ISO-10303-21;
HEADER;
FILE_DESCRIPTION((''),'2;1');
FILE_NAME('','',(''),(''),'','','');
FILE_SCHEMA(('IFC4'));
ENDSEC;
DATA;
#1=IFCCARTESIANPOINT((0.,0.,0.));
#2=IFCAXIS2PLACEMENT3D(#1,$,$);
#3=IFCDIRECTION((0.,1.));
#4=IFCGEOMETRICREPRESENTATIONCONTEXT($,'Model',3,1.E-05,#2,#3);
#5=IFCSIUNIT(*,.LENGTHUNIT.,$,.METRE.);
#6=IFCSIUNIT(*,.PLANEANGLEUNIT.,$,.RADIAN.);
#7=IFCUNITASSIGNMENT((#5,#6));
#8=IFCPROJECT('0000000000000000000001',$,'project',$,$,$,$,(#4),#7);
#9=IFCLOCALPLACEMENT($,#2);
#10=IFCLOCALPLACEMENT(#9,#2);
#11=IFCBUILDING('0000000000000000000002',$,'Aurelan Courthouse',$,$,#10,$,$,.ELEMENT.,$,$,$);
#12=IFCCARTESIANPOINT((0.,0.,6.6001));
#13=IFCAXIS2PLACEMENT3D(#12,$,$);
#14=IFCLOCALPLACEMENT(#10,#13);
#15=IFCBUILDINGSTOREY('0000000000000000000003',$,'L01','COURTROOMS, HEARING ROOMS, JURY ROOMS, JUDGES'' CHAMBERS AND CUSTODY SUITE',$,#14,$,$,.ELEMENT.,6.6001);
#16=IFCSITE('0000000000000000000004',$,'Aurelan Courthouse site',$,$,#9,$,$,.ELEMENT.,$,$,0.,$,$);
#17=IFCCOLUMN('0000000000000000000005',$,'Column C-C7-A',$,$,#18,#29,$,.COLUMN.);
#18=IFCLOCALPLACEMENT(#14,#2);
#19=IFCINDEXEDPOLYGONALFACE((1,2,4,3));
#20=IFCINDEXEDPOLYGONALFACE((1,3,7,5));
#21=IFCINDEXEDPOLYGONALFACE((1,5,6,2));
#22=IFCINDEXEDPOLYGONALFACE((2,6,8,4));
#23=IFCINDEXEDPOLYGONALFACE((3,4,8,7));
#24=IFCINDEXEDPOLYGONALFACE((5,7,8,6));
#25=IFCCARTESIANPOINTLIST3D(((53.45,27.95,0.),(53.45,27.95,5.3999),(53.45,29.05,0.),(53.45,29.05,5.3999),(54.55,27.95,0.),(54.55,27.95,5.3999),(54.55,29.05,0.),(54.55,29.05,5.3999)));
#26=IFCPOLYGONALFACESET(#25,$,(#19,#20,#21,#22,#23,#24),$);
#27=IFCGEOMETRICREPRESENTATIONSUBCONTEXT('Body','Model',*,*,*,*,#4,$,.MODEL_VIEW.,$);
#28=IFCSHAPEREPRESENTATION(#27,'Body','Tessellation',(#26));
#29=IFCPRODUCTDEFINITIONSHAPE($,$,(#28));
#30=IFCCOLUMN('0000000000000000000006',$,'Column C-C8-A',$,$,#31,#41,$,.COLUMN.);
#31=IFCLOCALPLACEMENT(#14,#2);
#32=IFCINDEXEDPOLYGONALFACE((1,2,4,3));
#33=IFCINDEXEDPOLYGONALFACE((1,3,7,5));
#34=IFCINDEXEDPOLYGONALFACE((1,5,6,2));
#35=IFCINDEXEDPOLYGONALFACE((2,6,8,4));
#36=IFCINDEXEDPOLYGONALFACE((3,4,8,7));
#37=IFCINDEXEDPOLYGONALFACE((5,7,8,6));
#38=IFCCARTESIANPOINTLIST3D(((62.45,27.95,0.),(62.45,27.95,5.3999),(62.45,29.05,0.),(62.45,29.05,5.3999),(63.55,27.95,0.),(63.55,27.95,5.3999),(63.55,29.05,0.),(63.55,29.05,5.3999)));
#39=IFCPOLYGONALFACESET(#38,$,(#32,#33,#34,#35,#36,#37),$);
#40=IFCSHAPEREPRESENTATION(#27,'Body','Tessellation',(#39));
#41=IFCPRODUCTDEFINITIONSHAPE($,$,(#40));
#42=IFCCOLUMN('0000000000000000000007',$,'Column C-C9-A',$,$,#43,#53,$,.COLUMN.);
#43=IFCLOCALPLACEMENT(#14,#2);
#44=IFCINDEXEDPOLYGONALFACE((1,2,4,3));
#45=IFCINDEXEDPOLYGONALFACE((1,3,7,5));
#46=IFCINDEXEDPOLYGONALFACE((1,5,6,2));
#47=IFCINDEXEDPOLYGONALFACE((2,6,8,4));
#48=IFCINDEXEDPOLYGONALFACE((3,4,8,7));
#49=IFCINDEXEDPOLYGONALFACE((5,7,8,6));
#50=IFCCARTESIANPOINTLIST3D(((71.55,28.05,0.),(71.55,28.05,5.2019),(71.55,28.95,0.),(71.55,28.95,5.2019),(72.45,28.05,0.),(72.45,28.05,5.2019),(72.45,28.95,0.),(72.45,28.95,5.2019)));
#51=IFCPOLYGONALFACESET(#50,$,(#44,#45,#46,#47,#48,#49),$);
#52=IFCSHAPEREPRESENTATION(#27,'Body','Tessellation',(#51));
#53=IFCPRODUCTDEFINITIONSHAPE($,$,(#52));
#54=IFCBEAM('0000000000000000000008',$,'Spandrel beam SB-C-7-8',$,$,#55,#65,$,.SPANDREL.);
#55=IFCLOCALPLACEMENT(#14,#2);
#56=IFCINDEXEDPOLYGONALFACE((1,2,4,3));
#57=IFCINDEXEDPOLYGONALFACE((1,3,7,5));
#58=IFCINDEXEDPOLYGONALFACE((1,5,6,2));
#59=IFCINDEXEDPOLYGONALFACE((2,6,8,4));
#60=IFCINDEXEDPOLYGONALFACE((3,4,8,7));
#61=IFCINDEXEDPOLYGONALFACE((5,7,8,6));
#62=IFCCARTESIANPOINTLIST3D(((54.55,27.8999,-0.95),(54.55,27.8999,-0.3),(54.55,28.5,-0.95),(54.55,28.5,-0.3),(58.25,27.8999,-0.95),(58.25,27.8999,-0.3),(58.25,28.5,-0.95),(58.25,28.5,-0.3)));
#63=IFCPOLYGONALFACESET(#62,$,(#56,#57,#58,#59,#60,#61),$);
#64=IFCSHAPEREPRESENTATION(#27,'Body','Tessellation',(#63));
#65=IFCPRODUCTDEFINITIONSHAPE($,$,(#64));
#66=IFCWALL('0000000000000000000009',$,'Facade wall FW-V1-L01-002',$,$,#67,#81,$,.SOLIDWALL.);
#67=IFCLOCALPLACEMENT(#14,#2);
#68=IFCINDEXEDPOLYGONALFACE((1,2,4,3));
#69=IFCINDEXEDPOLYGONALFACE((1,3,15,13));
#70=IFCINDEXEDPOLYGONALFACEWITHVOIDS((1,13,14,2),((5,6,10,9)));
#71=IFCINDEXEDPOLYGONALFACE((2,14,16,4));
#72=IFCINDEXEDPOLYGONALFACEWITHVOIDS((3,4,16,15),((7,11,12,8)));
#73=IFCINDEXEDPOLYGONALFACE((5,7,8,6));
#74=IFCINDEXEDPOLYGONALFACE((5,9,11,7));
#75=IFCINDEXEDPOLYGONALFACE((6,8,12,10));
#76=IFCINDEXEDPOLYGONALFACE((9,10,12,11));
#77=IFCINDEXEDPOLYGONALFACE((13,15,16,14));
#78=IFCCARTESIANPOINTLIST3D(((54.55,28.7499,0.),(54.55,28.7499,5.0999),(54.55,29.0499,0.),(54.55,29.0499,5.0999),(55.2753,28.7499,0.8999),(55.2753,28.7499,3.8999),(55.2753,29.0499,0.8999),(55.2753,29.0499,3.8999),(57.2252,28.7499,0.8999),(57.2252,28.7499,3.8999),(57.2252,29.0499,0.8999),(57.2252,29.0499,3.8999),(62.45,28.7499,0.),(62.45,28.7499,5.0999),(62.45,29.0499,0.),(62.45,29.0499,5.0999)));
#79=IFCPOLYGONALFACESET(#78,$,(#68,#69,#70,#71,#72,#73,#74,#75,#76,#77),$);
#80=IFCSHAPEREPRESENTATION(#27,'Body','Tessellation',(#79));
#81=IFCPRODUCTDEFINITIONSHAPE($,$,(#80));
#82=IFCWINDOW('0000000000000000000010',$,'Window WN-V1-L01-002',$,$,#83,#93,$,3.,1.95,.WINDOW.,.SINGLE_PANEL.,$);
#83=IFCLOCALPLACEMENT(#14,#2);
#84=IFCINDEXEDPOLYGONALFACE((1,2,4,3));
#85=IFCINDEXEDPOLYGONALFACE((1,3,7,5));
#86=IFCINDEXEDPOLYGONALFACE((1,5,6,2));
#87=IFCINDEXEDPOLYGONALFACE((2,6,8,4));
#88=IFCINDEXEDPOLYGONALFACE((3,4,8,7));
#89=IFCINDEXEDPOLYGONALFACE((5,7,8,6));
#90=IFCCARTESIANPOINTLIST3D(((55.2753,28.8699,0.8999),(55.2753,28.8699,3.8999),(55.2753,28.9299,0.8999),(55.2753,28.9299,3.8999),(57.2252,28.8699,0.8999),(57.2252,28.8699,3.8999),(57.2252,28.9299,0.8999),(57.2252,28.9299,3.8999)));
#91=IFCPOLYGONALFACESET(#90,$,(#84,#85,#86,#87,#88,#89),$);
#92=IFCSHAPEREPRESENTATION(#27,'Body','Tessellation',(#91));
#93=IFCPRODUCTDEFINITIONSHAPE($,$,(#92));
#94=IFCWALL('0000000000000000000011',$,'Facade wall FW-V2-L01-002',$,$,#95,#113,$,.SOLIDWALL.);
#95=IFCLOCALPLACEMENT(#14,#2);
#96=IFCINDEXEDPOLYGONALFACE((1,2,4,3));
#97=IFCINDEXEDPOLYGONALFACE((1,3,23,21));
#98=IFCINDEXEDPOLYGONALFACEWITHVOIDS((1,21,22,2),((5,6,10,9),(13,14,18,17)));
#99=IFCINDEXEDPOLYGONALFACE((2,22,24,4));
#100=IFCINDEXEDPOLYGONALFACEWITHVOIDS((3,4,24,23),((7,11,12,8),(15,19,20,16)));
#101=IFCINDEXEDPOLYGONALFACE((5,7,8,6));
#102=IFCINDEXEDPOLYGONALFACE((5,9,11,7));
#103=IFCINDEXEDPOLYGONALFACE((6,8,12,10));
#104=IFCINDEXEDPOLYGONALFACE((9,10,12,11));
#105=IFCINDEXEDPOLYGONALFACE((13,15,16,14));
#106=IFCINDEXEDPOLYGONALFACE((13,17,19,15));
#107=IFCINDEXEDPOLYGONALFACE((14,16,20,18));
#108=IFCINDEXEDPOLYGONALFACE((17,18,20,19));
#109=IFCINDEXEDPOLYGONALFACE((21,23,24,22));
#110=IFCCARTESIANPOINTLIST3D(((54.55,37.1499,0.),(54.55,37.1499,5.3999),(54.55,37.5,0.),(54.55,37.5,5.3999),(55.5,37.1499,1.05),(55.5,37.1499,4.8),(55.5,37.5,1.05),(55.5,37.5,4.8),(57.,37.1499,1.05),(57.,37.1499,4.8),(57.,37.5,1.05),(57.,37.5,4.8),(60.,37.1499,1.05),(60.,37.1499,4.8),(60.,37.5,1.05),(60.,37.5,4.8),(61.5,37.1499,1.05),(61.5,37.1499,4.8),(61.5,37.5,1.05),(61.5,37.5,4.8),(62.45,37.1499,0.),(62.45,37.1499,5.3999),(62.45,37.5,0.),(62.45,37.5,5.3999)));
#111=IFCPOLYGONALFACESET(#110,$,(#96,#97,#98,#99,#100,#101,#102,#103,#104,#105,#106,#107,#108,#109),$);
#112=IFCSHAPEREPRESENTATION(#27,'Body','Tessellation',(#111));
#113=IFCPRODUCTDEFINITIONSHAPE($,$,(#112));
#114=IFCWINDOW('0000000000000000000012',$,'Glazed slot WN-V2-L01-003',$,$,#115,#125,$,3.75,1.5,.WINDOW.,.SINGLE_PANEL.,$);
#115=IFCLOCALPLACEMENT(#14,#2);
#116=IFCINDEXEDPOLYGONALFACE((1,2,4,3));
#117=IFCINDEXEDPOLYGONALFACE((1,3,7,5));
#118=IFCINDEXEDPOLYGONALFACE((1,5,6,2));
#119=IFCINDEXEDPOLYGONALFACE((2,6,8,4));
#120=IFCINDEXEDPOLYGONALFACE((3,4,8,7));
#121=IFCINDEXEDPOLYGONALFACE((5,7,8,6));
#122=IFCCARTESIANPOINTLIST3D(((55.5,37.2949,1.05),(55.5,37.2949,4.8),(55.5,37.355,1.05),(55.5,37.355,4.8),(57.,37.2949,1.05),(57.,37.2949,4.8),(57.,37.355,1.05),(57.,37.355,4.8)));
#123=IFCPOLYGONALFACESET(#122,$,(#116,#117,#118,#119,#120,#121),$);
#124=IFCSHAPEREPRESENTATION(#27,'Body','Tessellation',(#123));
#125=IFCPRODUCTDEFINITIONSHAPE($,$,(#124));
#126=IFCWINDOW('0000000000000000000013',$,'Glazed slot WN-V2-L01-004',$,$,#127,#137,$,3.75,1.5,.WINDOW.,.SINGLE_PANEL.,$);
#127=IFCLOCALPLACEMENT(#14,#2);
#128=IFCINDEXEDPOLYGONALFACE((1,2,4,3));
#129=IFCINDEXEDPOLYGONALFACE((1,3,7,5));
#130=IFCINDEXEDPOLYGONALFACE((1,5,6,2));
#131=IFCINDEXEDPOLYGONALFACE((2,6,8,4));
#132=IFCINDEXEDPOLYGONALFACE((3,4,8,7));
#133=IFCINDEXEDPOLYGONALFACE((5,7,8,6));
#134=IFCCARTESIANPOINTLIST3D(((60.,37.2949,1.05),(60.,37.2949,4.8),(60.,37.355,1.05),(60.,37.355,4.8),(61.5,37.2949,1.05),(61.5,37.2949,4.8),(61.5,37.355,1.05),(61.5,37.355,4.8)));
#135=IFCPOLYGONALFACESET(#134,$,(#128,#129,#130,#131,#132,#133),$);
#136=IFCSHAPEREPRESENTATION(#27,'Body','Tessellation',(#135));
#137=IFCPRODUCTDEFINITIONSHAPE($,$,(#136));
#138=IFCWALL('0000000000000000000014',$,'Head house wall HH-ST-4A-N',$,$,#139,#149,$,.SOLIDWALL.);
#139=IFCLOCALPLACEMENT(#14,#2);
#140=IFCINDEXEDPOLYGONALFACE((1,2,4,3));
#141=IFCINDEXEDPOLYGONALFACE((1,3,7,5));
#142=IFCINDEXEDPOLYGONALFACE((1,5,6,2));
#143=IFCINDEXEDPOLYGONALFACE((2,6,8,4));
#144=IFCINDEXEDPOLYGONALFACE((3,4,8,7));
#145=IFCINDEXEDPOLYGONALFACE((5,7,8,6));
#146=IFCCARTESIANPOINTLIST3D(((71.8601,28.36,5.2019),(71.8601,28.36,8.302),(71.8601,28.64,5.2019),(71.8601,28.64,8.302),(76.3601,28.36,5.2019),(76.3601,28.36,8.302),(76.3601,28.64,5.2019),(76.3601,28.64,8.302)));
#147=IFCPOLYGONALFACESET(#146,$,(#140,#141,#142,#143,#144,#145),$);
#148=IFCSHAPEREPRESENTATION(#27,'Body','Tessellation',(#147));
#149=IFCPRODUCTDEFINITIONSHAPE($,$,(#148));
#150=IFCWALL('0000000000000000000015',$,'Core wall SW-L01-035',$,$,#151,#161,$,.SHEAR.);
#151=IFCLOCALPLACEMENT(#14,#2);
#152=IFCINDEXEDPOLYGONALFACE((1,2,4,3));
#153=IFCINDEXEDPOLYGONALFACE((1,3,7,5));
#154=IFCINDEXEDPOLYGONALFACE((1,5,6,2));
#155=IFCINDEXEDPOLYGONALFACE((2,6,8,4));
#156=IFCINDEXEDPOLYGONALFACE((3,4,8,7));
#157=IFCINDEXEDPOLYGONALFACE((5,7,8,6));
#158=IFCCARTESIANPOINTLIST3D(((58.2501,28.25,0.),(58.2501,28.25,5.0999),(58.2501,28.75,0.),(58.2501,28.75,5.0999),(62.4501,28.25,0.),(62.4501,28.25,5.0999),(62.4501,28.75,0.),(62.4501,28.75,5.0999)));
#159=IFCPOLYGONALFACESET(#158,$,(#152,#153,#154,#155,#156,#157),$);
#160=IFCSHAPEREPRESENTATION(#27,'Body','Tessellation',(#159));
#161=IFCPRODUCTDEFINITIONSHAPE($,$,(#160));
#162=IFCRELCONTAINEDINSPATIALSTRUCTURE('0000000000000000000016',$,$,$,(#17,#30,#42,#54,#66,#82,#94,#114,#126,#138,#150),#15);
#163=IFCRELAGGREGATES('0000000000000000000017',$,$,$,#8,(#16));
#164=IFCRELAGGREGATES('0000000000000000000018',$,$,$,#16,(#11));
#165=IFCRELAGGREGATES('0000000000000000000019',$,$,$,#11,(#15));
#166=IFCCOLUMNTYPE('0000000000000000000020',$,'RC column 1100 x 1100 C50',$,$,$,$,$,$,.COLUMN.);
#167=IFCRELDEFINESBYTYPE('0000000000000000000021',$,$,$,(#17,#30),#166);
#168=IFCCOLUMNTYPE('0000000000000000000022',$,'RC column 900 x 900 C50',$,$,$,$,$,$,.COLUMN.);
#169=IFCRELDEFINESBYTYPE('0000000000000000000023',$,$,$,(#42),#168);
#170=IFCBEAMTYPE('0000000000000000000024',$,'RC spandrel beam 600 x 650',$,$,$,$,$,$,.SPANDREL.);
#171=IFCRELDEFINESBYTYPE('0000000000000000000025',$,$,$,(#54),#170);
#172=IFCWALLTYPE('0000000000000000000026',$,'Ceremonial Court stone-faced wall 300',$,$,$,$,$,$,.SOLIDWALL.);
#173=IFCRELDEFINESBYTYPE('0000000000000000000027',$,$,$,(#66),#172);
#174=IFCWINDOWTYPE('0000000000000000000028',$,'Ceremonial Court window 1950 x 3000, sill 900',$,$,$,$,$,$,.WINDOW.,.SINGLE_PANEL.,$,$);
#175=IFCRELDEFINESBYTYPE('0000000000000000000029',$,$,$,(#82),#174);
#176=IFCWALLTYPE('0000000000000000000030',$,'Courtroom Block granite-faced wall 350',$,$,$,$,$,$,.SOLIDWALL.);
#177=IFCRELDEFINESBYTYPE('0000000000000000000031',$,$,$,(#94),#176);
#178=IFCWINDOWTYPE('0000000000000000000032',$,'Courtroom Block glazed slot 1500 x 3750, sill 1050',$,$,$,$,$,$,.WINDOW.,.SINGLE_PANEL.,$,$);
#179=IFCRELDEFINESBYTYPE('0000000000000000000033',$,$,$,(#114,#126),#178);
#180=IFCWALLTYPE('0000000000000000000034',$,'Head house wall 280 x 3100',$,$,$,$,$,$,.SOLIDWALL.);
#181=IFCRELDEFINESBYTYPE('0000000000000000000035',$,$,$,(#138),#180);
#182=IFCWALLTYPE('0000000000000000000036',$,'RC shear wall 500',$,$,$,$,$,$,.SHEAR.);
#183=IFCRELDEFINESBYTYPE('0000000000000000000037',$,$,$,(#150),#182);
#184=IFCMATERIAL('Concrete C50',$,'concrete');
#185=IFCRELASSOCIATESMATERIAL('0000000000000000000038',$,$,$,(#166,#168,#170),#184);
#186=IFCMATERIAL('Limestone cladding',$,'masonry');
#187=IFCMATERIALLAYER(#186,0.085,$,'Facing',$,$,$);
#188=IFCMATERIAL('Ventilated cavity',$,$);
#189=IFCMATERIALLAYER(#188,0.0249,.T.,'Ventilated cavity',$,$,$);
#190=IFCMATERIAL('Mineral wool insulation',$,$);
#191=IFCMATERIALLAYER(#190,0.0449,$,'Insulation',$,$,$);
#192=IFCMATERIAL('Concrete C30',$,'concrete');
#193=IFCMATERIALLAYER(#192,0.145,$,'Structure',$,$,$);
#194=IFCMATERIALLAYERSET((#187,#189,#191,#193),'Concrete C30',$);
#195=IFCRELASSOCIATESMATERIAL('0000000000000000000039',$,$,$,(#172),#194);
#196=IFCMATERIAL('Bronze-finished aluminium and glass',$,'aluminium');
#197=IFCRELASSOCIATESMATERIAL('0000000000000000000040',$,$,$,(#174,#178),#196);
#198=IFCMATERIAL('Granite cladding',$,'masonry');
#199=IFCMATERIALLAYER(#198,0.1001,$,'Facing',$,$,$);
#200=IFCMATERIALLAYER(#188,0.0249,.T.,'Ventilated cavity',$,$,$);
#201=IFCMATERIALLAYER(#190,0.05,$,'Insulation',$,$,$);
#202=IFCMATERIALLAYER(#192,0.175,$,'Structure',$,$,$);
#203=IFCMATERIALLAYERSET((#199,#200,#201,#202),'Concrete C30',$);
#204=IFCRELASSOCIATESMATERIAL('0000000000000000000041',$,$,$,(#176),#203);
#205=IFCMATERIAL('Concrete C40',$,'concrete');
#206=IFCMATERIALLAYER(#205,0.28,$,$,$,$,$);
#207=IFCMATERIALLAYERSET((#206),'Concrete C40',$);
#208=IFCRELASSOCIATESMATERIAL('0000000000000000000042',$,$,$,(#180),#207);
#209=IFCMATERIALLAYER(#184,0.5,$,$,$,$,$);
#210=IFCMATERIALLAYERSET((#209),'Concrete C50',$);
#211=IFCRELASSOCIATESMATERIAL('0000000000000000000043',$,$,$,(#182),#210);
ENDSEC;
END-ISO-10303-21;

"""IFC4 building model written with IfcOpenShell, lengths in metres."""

from ifc_helpers import new_model, si_unit, direction, frame, frame_2d, origin, origin_2d, place, context, subcontext, project, spatial, rectangle, extrude, material, layer, layer_set, material_profile, profile_set, type_object, element, fill, save


model = new_model("IFC4")

# Units and contexts
model_context = context("Model", 3, precision=1e-05, world=origin(), true_north=direction((0.0, 1.0)))
body_context = subcontext(model_context, "Body", "Model", "MODEL_VIEW")
ifc_project = project(units=[si_unit("LENGTHUNIT", "METRE"), si_unit("PLANEANGLEUNIT", "RADIAN")], contexts=[model_context])

# Site, building, storey
site_placement = place(None, origin())
site = spatial("IfcSite", under=ifc_project, at=site_placement, Name="Aurelan Courthouse site", CompositionType="ELEMENT", RefElevation=0.0)
building_placement = place(site_placement, origin())
building = spatial("IfcBuilding", under=site, at=building_placement, Name="Aurelan Courthouse", CompositionType="ELEMENT")
storey_placement = place(building_placement, frame((0.0, 0.0, 6.6001)))
storey = spatial("IfcBuildingStorey", under=building, at=storey_placement, Name="L01", Description="COURTROOMS, HEARING ROOMS, JURY ROOMS, JUDGES' CHAMBERS AND CUSTODY SUITE", CompositionType="ELEMENT", Elevation=6.6001)

# Columns
ifc_material_1 = material(Name="Concrete C50", Category="concrete")
ifc_material_profile_1 = material_profile(ifc_material_1, rectangle(XDim=1.1001, YDim=1.1001, at=origin_2d()), Name="RC 1100 x 1100")
ifc_profile_set_1 = profile_set([ifc_material_profile_1], Name="Concrete C50")
column_type_1 = type_object("IfcColumnType", Name="RC column 1100 x 1100 C50", PredefinedType="COLUMN", material=ifc_profile_set_1)
for number, where, z_axis, x_axis, name in (
    (1, (54.0, 28.5, 0.0), (0.0, 0.0, 1.0), (1.0, 0.0, 0.0), "Column C-C7-A"),
    (2, (63.0, 28.5, 0.0), (0.0, 0.0, 1.0), (1.0, 0.0, 0.0), "Column C-C8-A"),
):
    element("IfcColumn", number, at=place(storey_placement, frame(where, z_axis=z_axis, x_axis=x_axis)), inside=storey, type_object=column_type_1, Name=name, PredefinedType="COLUMN", context=body_context, shape_type="SweptSolid", body=[
        extrude(rectangle(XDim=1.1001, YDim=1.1001, at=origin_2d()), origin(), (0.0, 0.0, 1.0), 5.3999),
    ])
ifc_material_profile_2 = material_profile(ifc_material_1, rectangle(XDim=0.8999, YDim=0.8999, at=origin_2d()), Name="RC 900 x 900")
ifc_profile_set_2 = profile_set([ifc_material_profile_2], Name="Concrete C50")
column_type_2 = type_object("IfcColumnType", Name="RC column 900 x 900 C50", PredefinedType="COLUMN", material=ifc_profile_set_2)
column_placement = place(storey_placement, frame((72.0, 28.5, 0.0), z_axis=(0.0, 0.0, 1.0), x_axis=(1.0, 0.0, 0.0)))
element("IfcColumn", 3, at=column_placement, inside=storey, type_object=column_type_2, Name="Column C-C9-A", PredefinedType="COLUMN", context=body_context, shape_type="SweptSolid", body=[
    extrude(rectangle(XDim=0.8999, YDim=0.8999, at=origin_2d()), origin(), (0.0, 0.0, 1.0), 5.2019),
])

# Beam
ifc_material_profile_3 = material_profile(ifc_material_1, rectangle(XDim=0.6001, YDim=0.6499, at=origin_2d()), Name="RC 600 x 650")
ifc_profile_set_3 = profile_set([ifc_material_profile_3], Name="Concrete C50")
beam_type = type_object("IfcBeamType", Name="RC spandrel beam 600 x 650", PredefinedType="SPANDREL", material=ifc_profile_set_3)
beam_placement = place(storey_placement, frame((54.55, 28.2, -0.625), z_axis=(1.0, 0.0, 0.0), x_axis=(0.0, 1.0, 0.0)))
element("IfcBeam", 4, at=beam_placement, inside=storey, type_object=beam_type, Name="Spandrel beam SB-C-7-8", PredefinedType="SPANDREL", context=body_context, shape_type="SweptSolid", body=[
    extrude(rectangle(XDim=0.6001, YDim=0.6499, at=origin_2d()), origin(), (0.0, 0.0, 1.0), 3.7),
])

# Wall, opening, window
ifc_material_2 = material(Name="Limestone cladding", Category="masonry")
ifc_layer_1 = layer(ifc_material_2, 0.085, Name="Facing")
ifc_material_3 = material(Name="Ventilated cavity")
ifc_layer_2 = layer(ifc_material_3, 0.0249, ventilated=True, Name="Ventilated cavity")
ifc_material_4 = material(Name="Mineral wool insulation")
ifc_layer_3 = layer(ifc_material_4, 0.0449, Name="Insulation")
ifc_material_5 = material(Name="Concrete C30", Category="concrete")
ifc_layer_4 = layer(ifc_material_5, 0.145, Name="Structure")
ifc_layer_set_1 = layer_set([ifc_layer_1, ifc_layer_2, ifc_layer_3, ifc_layer_4], Name="Concrete C30")
wall_type_1 = type_object("IfcWallType", Name="Ceremonial Court stone-faced wall 300", PredefinedType="SOLIDWALL", material=ifc_layer_set_1)
wall_1_placement = place(storey_placement, frame((54.55, 28.8999, 0.0), z_axis=(0.0, 0.0, 1.0), x_axis=(1.0, 0.0, 0.0)))
wall_1 = element("IfcWall", 5, at=wall_1_placement, inside=storey, type_object=wall_type_1, Name="Facade wall FW-V1-L01-002", PredefinedType="SOLIDWALL", context=body_context, shape_type="SweptSolid", body=[
    extrude(rectangle(XDim=7.8999, YDim=0.3, at=frame_2d((3.95, 0.0))), origin(), (0.0, 0.0, 1.0), 5.0999),
])
opening_1_placement = place(wall_1_placement, frame((0.7251, 0.0, 0.8999)))
opening_1 = element("IfcOpeningElement", 6, at=opening_1_placement, cuts=wall_1, PredefinedType="OPENING", context=body_context, shape_type="SweptSolid", body=[
    extrude(rectangle(XDim=1.95, YDim=3.0, at=frame_2d((0.9751, 1.5))), frame((0.0, 0.1599, 0.0), z_axis=(0.0, -1.0, 0.0), x_axis=(1.0, 0.0, 0.0)), (0.0, 0.0, 1.0), 0.3201),
])
ifc_material_6 = material(Name="Bronze-finished aluminium and glass", Category="aluminium")
window_type_1 = type_object("IfcWindowType", Name="Ceremonial Court window 1950 x 3000, sill 900", PartitioningType="SINGLE_PANEL", PredefinedType="WINDOW", material=ifc_material_6)
window_1_placement = place(opening_1_placement, origin())
window_1 = element("IfcWindow", 7, at=window_1_placement, inside=storey, type_object=window_type_1, Name="Window WN-V1-L01-002", OverallHeight=3.0, OverallWidth=1.95, PartitioningType="SINGLE_PANEL", PredefinedType="WINDOW", context=body_context, shape_type="SweptSolid", body=[
    extrude(rectangle(XDim=1.95, YDim=3.0, at=frame_2d((0.9751, 1.5))), frame((0.0, 0.03, 0.0), z_axis=(0.0, -1.0, 0.0), x_axis=(1.0, 0.0, 0.0)), (0.0, 0.0, 1.0), 0.0601),
])
fill(opening_1, window_1)

# Wall, openings, windows
ifc_material_7 = material(Name="Granite cladding", Category="masonry")
ifc_layer_5 = layer(ifc_material_7, 0.1001, Name="Facing")
ifc_layer_6 = layer(ifc_material_3, 0.0249, ventilated=True, Name="Ventilated cavity")
ifc_layer_7 = layer(ifc_material_4, 0.05, Name="Insulation")
ifc_layer_8 = layer(ifc_material_5, 0.175, Name="Structure")
ifc_layer_set_2 = layer_set([ifc_layer_5, ifc_layer_6, ifc_layer_7, ifc_layer_8], Name="Concrete C30")
wall_type_2 = type_object("IfcWallType", Name="Courtroom Block granite-faced wall 350", PredefinedType="SOLIDWALL", material=ifc_layer_set_2)
wall_2_placement = place(storey_placement, frame((54.55, 37.325, 0.0), z_axis=(0.0, 0.0, 1.0), x_axis=(1.0, 0.0, 0.0)))
wall_2 = element("IfcWall", 8, at=wall_2_placement, inside=storey, type_object=wall_type_2, Name="Facade wall FW-V2-L01-002", PredefinedType="SOLIDWALL", context=body_context, shape_type="SweptSolid", body=[
    extrude(rectangle(XDim=7.8999, YDim=0.3501, at=frame_2d((3.95, 0.0))), origin(), (0.0, 0.0, 1.0), 5.3999),
])
opening_2_placement = place(wall_2_placement, frame((0.95, 0.0, 1.05)))
opening_2 = element("IfcOpeningElement", 9, at=opening_2_placement, cuts=wall_2, PredefinedType="OPENING", context=body_context, shape_type="SweptSolid", body=[
    extrude(rectangle(XDim=1.5, YDim=3.75, at=frame_2d((0.75, 1.875))), frame((0.0, 0.1851, 0.0), z_axis=(0.0, -1.0, 0.0), x_axis=(1.0, 0.0, 0.0)), (0.0, 0.0, 1.0), 0.3701),
])
opening_3_placement = place(wall_2_placement, frame((5.45, 0.0, 1.05)))
opening_3 = element("IfcOpeningElement", 10, at=opening_3_placement, cuts=wall_2, PredefinedType="OPENING", context=body_context, shape_type="SweptSolid", body=[
    extrude(rectangle(XDim=1.5, YDim=3.75, at=frame_2d((0.75, 1.875))), frame((0.0, 0.1851, 0.0), z_axis=(0.0, -1.0, 0.0), x_axis=(1.0, 0.0, 0.0)), (0.0, 0.0, 1.0), 0.3701),
])
window_type_2 = type_object("IfcWindowType", Name="Courtroom Block glazed slot 1500 x 3750, sill 1050", PartitioningType="SINGLE_PANEL", PredefinedType="WINDOW", material=ifc_material_6)
window_2_placement = place(opening_2_placement, origin())
window_2 = element("IfcWindow", 11, at=window_2_placement, inside=storey, type_object=window_type_2, Name="Glazed slot WN-V2-L01-003", OverallHeight=3.75, OverallWidth=1.5, PartitioningType="SINGLE_PANEL", PredefinedType="WINDOW", context=body_context, shape_type="SweptSolid", body=[
    extrude(rectangle(XDim=1.5, YDim=3.75, at=frame_2d((0.75, 1.875))), frame((0.0, 0.03, 0.0), z_axis=(0.0, -1.0, 0.0), x_axis=(1.0, 0.0, 0.0)), (0.0, 0.0, 1.0), 0.0601),
])
fill(opening_2, window_2)
window_3_placement = place(opening_3_placement, origin())
window_3 = element("IfcWindow", 12, at=window_3_placement, inside=storey, type_object=window_type_2, Name="Glazed slot WN-V2-L01-004", OverallHeight=3.75, OverallWidth=1.5, PartitioningType="SINGLE_PANEL", PredefinedType="WINDOW", context=body_context, shape_type="SweptSolid", body=[
    extrude(rectangle(XDim=1.5, YDim=3.75, at=frame_2d((0.75, 1.875))), frame((0.0, 0.03, 0.0), z_axis=(0.0, -1.0, 0.0), x_axis=(1.0, 0.0, 0.0)), (0.0, 0.0, 1.0), 0.0601),
])
fill(opening_3, window_3)

# Walls
ifc_material_8 = material(Name="Concrete C40", Category="concrete")
ifc_layer_9 = layer(ifc_material_8, 0.28)
ifc_layer_set_3 = layer_set([ifc_layer_9], Name="Concrete C40")
wall_type_3 = type_object("IfcWallType", Name="Head house wall 280 x 3100", PredefinedType="SOLIDWALL", material=ifc_layer_set_3)
wall_3_placement = place(storey_placement, frame((71.8601, 28.5, 5.2019), z_axis=(0.0, 0.0, 1.0), x_axis=(1.0, 0.0, 0.0)))
element("IfcWall", 13, at=wall_3_placement, inside=storey, type_object=wall_type_3, Name="Head house wall HH-ST-4A-N", PredefinedType="SOLIDWALL", context=body_context, shape_type="SweptSolid", body=[
    extrude(rectangle(XDim=4.5, YDim=0.28, at=frame_2d((2.25, 0.0))), origin(), (0.0, 0.0, 1.0), 3.1001),
])
ifc_layer_10 = layer(ifc_material_1, 0.5)
ifc_layer_set_4 = layer_set([ifc_layer_10], Name="Concrete C50")
wall_type_4 = type_object("IfcWallType", Name="RC shear wall 500", PredefinedType="SHEAR", material=ifc_layer_set_4)
wall_4_placement = place(storey_placement, frame((58.25, 28.5, 0.0), z_axis=(0.0, 0.0, 1.0), x_axis=(1.0, 0.0, 0.0)))
element("IfcWall", 14, at=wall_4_placement, inside=storey, type_object=wall_type_4, Name="Core wall SW-L01-035", PredefinedType="SHEAR", context=body_context, shape_type="SweptSolid", body=[
    extrude(rectangle(XDim=4.2, YDim=0.5, at=frame_2d((2.1001, 0.0))), origin(), (0.0, 0.0, 1.0), 5.0999),
])

save(model, "model.ifc")
